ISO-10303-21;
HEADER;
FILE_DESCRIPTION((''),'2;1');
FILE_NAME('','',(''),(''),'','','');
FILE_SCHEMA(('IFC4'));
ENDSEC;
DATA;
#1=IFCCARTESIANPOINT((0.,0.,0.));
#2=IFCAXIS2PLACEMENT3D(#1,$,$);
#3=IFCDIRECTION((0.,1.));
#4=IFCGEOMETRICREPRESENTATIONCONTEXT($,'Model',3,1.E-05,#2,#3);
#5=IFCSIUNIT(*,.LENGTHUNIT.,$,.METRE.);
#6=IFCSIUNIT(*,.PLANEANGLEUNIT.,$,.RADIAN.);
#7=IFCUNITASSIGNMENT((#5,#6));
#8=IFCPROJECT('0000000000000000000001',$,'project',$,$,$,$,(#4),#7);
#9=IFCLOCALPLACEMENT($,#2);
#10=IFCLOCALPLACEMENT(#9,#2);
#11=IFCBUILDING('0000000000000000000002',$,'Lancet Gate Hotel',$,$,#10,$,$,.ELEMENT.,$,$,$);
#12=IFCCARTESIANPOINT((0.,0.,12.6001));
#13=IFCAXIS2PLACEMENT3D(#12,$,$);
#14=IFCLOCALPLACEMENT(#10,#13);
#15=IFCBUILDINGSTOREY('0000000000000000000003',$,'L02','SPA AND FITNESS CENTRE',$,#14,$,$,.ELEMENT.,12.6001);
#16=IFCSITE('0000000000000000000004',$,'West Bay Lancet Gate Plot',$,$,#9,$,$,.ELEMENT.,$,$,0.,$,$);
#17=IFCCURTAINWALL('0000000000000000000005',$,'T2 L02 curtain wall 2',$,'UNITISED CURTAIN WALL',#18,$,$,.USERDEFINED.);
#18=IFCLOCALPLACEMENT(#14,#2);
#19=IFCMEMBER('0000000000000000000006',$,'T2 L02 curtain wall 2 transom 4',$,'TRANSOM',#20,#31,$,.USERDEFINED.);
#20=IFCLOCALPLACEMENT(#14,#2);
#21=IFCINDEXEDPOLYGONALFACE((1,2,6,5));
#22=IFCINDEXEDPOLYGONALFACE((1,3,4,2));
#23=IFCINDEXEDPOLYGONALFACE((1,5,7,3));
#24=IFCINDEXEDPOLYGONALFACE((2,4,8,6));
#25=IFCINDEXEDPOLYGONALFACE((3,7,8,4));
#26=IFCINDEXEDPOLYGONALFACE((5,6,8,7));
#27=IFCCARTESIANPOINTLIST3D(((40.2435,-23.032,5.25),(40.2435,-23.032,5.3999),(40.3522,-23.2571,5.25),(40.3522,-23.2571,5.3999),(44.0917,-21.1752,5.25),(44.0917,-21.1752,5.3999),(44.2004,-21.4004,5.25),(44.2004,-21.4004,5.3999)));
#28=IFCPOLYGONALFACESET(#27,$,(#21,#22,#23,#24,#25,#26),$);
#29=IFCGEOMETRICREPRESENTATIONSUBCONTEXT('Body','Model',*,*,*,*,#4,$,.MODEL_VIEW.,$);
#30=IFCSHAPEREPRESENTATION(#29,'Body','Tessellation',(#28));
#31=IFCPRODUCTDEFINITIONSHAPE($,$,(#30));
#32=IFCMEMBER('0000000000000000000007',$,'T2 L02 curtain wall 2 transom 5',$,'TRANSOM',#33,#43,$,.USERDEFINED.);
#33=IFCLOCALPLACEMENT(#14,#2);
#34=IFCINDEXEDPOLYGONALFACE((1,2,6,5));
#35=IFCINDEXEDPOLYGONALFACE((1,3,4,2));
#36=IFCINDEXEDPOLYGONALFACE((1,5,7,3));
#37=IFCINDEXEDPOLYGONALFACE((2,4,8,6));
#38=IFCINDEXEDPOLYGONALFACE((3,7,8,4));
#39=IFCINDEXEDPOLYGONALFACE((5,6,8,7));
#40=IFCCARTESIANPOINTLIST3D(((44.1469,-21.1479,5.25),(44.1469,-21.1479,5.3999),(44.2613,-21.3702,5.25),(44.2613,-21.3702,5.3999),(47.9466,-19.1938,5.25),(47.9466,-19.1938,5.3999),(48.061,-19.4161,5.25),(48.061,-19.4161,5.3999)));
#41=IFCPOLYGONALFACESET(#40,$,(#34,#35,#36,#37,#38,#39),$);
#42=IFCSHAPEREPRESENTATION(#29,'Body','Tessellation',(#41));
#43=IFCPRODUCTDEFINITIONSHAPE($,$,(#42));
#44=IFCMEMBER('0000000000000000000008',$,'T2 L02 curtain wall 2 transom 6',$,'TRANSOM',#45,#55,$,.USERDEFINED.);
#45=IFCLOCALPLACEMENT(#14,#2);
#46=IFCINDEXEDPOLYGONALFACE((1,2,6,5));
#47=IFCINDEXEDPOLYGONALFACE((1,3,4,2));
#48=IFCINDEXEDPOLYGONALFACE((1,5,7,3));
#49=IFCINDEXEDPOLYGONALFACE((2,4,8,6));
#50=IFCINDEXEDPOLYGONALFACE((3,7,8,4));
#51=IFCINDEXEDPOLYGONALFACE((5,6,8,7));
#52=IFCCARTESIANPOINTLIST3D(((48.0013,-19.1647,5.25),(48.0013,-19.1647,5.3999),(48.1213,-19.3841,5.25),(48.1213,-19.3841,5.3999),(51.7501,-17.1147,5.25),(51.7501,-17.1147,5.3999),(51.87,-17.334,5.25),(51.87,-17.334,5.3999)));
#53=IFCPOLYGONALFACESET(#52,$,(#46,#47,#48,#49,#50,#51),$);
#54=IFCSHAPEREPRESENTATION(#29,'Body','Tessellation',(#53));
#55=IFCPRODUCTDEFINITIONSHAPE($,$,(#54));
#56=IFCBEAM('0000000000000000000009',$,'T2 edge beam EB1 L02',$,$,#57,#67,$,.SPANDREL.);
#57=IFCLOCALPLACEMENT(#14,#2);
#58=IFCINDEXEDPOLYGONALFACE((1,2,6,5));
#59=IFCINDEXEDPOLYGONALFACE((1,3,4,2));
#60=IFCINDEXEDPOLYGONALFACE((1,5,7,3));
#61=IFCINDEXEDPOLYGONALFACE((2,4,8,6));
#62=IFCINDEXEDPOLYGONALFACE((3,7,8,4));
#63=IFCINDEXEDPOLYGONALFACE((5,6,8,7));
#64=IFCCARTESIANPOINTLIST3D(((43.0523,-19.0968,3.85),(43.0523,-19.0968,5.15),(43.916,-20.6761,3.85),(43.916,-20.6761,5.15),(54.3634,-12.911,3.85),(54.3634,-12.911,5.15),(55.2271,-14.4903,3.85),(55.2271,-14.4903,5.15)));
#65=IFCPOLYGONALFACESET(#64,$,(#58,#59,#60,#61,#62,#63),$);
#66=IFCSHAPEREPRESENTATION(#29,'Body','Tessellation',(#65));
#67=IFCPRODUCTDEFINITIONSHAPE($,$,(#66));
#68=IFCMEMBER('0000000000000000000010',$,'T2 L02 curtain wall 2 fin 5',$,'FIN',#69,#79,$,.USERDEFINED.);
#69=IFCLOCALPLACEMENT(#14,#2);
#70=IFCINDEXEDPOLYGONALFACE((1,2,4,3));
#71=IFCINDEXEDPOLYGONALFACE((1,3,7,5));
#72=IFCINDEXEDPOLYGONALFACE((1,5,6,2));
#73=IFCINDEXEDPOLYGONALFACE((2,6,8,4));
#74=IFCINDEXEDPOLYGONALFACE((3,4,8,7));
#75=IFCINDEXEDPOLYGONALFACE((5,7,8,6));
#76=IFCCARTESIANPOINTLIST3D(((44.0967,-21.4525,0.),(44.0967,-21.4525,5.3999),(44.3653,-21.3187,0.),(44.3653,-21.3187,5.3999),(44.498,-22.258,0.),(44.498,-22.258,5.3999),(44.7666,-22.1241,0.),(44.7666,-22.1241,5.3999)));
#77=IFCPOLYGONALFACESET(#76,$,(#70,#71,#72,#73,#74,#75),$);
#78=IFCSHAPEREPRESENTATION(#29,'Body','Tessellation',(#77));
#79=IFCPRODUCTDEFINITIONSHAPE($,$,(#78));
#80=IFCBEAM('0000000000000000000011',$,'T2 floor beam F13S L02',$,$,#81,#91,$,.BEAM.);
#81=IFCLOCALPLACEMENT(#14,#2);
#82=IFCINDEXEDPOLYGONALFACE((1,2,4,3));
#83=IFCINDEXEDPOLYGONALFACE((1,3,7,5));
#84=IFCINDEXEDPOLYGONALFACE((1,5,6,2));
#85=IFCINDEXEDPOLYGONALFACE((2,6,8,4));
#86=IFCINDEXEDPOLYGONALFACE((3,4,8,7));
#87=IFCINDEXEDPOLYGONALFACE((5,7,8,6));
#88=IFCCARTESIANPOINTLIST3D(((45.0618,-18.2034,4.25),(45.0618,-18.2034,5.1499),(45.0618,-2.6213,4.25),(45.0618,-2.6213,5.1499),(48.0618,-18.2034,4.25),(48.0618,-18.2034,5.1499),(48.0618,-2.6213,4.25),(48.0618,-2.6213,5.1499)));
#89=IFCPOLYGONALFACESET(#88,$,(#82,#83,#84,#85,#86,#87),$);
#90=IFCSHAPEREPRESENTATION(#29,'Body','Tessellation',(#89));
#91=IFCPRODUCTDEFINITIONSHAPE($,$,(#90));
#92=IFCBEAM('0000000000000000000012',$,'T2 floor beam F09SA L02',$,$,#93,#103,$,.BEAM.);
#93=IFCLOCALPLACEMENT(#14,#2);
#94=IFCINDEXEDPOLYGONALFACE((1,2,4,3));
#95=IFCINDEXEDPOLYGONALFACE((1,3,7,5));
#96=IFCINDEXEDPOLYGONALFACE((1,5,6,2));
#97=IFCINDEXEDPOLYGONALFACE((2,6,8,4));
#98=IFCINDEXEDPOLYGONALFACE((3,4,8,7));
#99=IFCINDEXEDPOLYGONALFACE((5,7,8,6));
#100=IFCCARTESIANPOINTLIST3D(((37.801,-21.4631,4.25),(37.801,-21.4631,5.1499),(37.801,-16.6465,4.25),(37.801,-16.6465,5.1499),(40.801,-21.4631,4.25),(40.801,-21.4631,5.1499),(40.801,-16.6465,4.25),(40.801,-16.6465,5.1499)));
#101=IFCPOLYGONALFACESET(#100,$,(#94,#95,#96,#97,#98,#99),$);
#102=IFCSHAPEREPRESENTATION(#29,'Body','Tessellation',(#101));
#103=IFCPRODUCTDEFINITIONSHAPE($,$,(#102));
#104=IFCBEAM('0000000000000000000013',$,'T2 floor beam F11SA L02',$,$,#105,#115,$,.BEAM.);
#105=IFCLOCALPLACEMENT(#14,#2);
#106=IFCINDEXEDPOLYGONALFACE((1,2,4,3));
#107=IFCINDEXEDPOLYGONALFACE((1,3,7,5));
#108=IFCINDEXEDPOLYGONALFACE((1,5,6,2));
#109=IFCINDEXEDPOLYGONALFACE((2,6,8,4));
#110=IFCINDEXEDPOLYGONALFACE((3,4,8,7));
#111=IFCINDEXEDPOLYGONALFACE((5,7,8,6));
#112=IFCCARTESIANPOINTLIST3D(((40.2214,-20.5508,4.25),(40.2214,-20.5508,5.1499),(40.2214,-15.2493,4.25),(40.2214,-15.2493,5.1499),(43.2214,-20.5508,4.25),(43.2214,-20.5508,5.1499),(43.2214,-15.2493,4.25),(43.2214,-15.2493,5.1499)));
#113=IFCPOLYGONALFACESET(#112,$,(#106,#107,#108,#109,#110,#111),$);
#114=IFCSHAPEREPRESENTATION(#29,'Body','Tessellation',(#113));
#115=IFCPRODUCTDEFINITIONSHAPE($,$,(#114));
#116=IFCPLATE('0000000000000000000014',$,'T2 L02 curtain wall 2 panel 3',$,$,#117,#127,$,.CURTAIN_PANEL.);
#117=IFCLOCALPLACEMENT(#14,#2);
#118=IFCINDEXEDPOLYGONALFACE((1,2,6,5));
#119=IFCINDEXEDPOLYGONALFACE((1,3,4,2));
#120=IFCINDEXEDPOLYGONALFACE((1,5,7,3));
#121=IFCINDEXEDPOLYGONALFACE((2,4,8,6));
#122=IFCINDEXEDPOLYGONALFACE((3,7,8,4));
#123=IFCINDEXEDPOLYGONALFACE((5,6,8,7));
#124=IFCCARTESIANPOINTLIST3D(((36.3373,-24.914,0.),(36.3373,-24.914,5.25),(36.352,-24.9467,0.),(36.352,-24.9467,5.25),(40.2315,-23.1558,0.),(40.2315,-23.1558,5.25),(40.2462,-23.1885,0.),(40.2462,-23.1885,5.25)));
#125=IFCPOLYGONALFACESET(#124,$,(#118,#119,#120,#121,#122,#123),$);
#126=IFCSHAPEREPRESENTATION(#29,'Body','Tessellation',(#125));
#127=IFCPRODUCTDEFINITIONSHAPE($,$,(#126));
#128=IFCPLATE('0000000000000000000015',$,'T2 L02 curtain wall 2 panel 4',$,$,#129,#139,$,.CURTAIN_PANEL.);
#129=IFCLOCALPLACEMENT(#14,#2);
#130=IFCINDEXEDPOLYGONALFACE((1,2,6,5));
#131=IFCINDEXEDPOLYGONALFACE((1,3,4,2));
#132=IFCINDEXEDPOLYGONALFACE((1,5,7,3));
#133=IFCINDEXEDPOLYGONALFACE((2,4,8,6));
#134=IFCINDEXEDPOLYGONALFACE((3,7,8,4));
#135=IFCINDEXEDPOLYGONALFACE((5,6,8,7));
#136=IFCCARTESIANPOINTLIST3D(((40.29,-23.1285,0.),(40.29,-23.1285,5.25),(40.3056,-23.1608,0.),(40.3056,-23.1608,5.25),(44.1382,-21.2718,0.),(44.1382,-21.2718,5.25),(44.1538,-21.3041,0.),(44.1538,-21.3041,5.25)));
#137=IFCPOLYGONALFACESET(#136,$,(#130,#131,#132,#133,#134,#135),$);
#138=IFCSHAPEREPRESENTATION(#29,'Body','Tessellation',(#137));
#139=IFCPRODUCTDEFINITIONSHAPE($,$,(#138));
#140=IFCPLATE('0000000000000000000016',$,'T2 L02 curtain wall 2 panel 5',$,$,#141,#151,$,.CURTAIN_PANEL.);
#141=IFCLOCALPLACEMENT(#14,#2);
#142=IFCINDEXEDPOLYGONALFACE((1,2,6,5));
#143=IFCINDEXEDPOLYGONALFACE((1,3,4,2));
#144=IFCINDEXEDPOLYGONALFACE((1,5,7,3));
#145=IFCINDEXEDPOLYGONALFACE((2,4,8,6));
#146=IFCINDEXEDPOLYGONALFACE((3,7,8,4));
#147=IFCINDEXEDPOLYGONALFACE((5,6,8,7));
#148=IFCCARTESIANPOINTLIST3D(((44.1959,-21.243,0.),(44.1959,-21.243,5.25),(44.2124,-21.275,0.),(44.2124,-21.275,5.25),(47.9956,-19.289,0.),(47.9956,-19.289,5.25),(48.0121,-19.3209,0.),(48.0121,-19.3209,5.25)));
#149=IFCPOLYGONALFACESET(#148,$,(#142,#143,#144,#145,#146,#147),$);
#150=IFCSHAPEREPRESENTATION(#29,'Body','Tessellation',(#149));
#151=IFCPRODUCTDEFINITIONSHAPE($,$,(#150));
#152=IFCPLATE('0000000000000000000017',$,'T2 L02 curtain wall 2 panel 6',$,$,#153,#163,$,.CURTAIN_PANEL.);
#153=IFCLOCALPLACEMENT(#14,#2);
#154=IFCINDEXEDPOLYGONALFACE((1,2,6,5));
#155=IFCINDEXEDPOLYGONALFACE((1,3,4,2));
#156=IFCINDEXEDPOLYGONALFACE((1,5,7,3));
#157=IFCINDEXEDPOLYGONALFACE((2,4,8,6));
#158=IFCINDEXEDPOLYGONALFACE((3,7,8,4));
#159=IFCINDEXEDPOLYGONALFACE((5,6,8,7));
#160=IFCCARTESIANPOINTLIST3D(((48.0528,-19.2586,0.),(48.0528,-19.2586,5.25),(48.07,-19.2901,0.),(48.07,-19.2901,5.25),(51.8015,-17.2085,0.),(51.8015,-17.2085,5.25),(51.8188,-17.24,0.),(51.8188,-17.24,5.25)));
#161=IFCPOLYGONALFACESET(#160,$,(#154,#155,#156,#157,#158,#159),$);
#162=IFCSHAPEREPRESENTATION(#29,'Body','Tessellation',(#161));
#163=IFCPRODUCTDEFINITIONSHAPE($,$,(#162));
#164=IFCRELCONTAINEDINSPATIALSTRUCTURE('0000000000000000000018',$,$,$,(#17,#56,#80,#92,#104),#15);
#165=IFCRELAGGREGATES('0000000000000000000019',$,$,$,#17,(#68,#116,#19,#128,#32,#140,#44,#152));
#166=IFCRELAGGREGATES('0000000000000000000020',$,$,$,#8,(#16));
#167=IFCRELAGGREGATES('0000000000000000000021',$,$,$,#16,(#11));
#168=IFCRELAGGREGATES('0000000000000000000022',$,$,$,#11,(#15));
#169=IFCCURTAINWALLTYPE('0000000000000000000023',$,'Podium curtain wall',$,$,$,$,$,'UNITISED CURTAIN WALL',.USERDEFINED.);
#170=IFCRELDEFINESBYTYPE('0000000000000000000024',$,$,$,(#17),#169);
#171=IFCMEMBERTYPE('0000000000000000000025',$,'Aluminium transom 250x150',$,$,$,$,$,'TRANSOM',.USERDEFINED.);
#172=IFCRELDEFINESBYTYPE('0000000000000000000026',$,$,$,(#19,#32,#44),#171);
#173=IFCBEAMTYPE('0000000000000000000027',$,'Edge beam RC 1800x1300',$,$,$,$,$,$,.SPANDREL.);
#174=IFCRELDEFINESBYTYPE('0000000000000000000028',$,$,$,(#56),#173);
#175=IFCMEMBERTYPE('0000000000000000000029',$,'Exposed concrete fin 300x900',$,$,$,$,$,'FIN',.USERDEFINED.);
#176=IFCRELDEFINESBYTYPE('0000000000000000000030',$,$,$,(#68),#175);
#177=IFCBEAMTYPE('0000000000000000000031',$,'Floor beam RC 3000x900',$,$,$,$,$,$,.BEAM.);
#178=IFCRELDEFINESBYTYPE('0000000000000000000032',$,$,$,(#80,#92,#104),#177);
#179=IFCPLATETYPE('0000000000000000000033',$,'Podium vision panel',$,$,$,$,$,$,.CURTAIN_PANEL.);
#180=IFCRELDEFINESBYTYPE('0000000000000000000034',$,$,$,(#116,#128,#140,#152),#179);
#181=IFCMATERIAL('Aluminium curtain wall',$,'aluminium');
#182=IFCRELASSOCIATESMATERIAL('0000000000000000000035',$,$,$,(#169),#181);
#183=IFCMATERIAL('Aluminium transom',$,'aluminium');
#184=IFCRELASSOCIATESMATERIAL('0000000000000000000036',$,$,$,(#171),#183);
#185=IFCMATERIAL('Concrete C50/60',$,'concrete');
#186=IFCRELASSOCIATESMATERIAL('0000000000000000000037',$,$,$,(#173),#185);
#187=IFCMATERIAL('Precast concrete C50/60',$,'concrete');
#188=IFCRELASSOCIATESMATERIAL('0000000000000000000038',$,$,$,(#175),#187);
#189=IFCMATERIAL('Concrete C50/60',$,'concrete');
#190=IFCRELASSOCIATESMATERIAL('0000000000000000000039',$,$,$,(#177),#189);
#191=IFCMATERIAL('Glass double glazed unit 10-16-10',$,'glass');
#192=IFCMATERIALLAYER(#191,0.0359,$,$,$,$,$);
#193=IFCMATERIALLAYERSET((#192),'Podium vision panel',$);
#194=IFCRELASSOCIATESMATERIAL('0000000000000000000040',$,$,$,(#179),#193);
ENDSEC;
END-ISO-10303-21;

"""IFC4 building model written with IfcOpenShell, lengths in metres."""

from ifc_helpers import new_model, si_unit, direction, frame, origin, origin_2d, place, context, subcontext, project, spatial, rectangle, extrude, material, layer, layer_set, material_profile, profile_set, type_object, element, aggregate, save


model = new_model("IFC4")

# Units and contexts
model_context = context("Model", 3, precision=1e-05, world=origin(), true_north=direction((0.0, 1.0)))
body_context = subcontext(model_context, "Body", "Model", "MODEL_VIEW")
ifc_project = project(units=[si_unit("LENGTHUNIT", "METRE"), si_unit("PLANEANGLEUNIT", "RADIAN")], contexts=[model_context])

# Site, building, storey
site_placement = place(None, origin())
site = spatial("IfcSite", under=ifc_project, at=site_placement, Name="West Bay Lancet Gate Plot", CompositionType="ELEMENT", RefElevation=0.0)
building_placement = place(site_placement, origin())
building = spatial("IfcBuilding", under=site, at=building_placement, Name="Lancet Gate Hotel", CompositionType="ELEMENT")
storey_placement = place(building_placement, frame((0.0, 0.0, 12.6001)))
storey = spatial("IfcBuildingStorey", under=building, at=storey_placement, Name="L02", Description="SPA AND FITNESS CENTRE", CompositionType="ELEMENT", Elevation=12.6001)

# Curtain wall, members
ifc_material_1 = material(Name="Aluminium curtain wall", Category="aluminium")
curtain_wall_type = type_object("IfcCurtainWallType", Name="Podium curtain wall", ElementType="UNITISED CURTAIN WALL", PredefinedType="USERDEFINED", material=ifc_material_1)
curtain_wall_placement = place(storey_placement, origin())
curtain_wall = element("IfcCurtainWall", 1, at=curtain_wall_placement, inside=storey, type_object=curtain_wall_type, Name="T2 L02 curtain wall 2", ObjectType="UNITISED CURTAIN WALL", PredefinedType="USERDEFINED")
ifc_material_2 = material(Name="Aluminium transom", Category="aluminium")
ifc_material_profile_1 = material_profile(ifc_material_2, rectangle(XDim=0.25, YDim=0.1499, at=origin_2d()), Name="TRANSOM 250x150")
ifc_profile_set_1 = profile_set([ifc_material_profile_1], Name="Aluminium transom")
member_type_1 = type_object("IfcMemberType", Name="Aluminium transom 250x150", ElementType="TRANSOM", PredefinedType="USERDEFINED", material=ifc_profile_set_1)
member_1_placement = place(storey_placement, frame((40.2979, -23.1445, 5.325), z_axis=(0.900646, 0.434553, 0.0), x_axis=(-0.434553, 0.900646, 0.0)))
member_1 = element("IfcMember", 2, at=member_1_placement, type_object=member_type_1, Name="T2 L02 curtain wall 2 transom 4", ObjectType="TRANSOM", PredefinedType="USERDEFINED", context=body_context, shape_type="SweptSolid", body=[
    extrude(rectangle(XDim=0.25, YDim=0.1499, at=origin_2d()), origin(), (0.0, 0.0, 1.0), 4.2727),
])
member_2_placement = place(storey_placement, frame((44.2041, -21.259, 5.325), z_axis=(0.889296, 0.457333, 0.0), x_axis=(-0.457333, 0.889296, 0.0)))
member_2 = element("IfcMember", 3, at=member_2_placement, type_object=member_type_1, Name="T2 L02 curtain wall 2 transom 5", ObjectType="TRANSOM", PredefinedType="USERDEFINED", context=body_context, shape_type="SweptSolid", body=[
    extrude(rectangle(XDim=0.25, YDim=0.1499, at=origin_2d()), origin(), (0.0, 0.0, 1.0), 4.2727),
])
member_3_placement = place(storey_placement, frame((48.0613, -19.2744, 5.325), z_axis=(0.877378, 0.479801, 0.0), x_axis=(-0.479801, 0.877378, 0.0)))
member_3 = element("IfcMember", 4, at=member_3_placement, type_object=member_type_1, Name="T2 L02 curtain wall 2 transom 6", ObjectType="TRANSOM", PredefinedType="USERDEFINED", context=body_context, shape_type="SweptSolid", body=[
    extrude(rectangle(XDim=0.25, YDim=0.1499, at=origin_2d()), origin(), (0.0, 0.0, 1.0), 4.2727),
])

# Beam
ifc_material_3 = material(Name="Concrete C50/60", Category="concrete")
ifc_material_profile_2 = material_profile(ifc_material_3, rectangle(XDim=1.8, YDim=1.3, at=origin_2d()), Name="RC 1800x1300")
ifc_profile_set_2 = profile_set([ifc_material_profile_2], Name="Concrete C50/60")
beam_type_1 = type_object("IfcBeamType", Name="Edge beam RC 1800x1300", PredefinedType="SPANDREL", material=ifc_profile_set_2)
beam_1_placement = place(storey_placement, frame((43.4841, -19.8865, 4.5), z_axis=(0.877369, 0.479816, 0.0), x_axis=(-0.479816, 0.877369, 0.0)))
element("IfcBeam", 5, at=beam_1_placement, inside=storey, type_object=beam_type_1, Name="T2 edge beam EB1 L02", PredefinedType="SPANDREL", context=body_context, shape_type="SweptSolid", body=[
    extrude(rectangle(XDim=1.8, YDim=1.3, at=origin_2d()), origin(), (0.0, 0.0, 1.0), 12.8921),
])

# Member
ifc_material_4 = material(Name="Precast concrete C50/60", Category="concrete")
ifc_material_profile_3 = material_profile(ifc_material_4, rectangle(XDim=0.3, YDim=0.8999, at=origin_2d()), Name="FIN 300x900")
ifc_profile_set_3 = profile_set([ifc_material_profile_3], Name="Precast concrete C50/60")
member_type_2 = type_object("IfcMemberType", Name="Exposed concrete fin 300x900", ElementType="FIN", PredefinedType="USERDEFINED", material=ifc_profile_set_3)
member_4_placement = place(storey_placement, frame((44.4316, -21.7883, 0.0), z_axis=(0.0, 0.0, 1.0), x_axis=(0.895044, 0.445978, 0.0)))
member_4 = element("IfcMember", 6, at=member_4_placement, type_object=member_type_2, Name="T2 L02 curtain wall 2 fin 5", ObjectType="FIN", PredefinedType="USERDEFINED", context=body_context, shape_type="SweptSolid", body=[
    extrude(rectangle(XDim=0.3, YDim=0.8999, at=origin_2d()), origin(), (0.0, 0.0, 1.0), 5.3999),
])

# Beams
ifc_material_5 = material(Name="Concrete C50/60", Category="concrete")
ifc_material_profile_4 = material_profile(ifc_material_5, rectangle(XDim=3.0, YDim=0.8999, at=origin_2d()), Name="RC 3000x900")
ifc_profile_set_4 = profile_set([ifc_material_profile_4], Name="Concrete C50/60")
beam_type_2 = type_object("IfcBeamType", Name="Floor beam RC 3000x900", PredefinedType="BEAM", material=ifc_profile_set_4)
beam_2_placement = place(storey_placement, frame((46.5618, -18.2034, 4.7), z_axis=(0.0, 1.0, 0.0), x_axis=(-1.0, 0.0, 0.0)))
element("IfcBeam", 7, at=beam_2_placement, inside=storey, type_object=beam_type_2, Name="T2 floor beam F13S L02", PredefinedType="BEAM", context=body_context, shape_type="SweptSolid", body=[
    extrude(rectangle(XDim=3.0, YDim=0.8999, at=origin_2d()), origin(), (0.0, 0.0, 1.0), 15.582),
])
beam_3_placement = place(storey_placement, frame((39.301, -21.4631, 4.7), z_axis=(0.0, 1.0, 0.0), x_axis=(-1.0, 0.0, 0.0)))
element("IfcBeam", 8, at=beam_3_placement, inside=storey, type_object=beam_type_2, Name="T2 floor beam F09SA L02", PredefinedType="BEAM", context=body_context, shape_type="SweptSolid", body=[
    extrude(rectangle(XDim=3.0, YDim=0.8999, at=origin_2d()), origin(), (0.0, 0.0, 1.0), 4.8167),
])
beam_4_placement = place(storey_placement, frame((41.7214, -20.5508, 4.7), z_axis=(0.0, 1.0, 0.0), x_axis=(-1.0, 0.0, 0.0)))
element("IfcBeam", 9, at=beam_4_placement, inside=storey, type_object=beam_type_2, Name="T2 floor beam F11SA L02", PredefinedType="BEAM", context=body_context, shape_type="SweptSolid", body=[
    extrude(rectangle(XDim=3.0, YDim=0.8999, at=origin_2d()), origin(), (0.0, 0.0, 1.0), 5.3015),
])

# Plates
ifc_material_6 = material(Name="Glass double glazed unit 10-16-10", Category="glass")
ifc_layer = layer(ifc_material_6, 0.0359)
ifc_layer_set = layer_set([ifc_layer], Name="Podium vision panel")
plate_type = type_object("IfcPlateType", Name="Podium vision panel", PredefinedType="CURTAIN_PANEL", material=ifc_layer_set)
plate_1_placement = place(storey_placement, frame((38.2917, -24.0513, 0.0), z_axis=(0.0, 0.0, 1.0), x_axis=(0.911416, 0.411487, 0.0)))
plate_1 = element("IfcPlate", 10, at=plate_1_placement, type_object=plate_type, Name="T2 L02 curtain wall 2 panel 3", PredefinedType="CURTAIN_PANEL", context=body_context, shape_type="SweptSolid", body=[
    extrude(rectangle(XDim=4.2727, YDim=0.0359, at=origin_2d()), origin(), (0.0, 0.0, 1.0), 5.25),
])
plate_2_placement = place(storey_placement, frame((42.2219, -22.2163, 0.0), z_axis=(0.0, 0.0, 1.0), x_axis=(0.900647, 0.43455, 0.0)))
plate_2 = element("IfcPlate", 11, at=plate_2_placement, type_object=plate_type, Name="T2 L02 curtain wall 2 panel 4", PredefinedType="CURTAIN_PANEL", context=body_context, shape_type="SweptSolid", body=[
    extrude(rectangle(XDim=4.2727, YDim=0.0359, at=origin_2d()), origin(), (0.0, 0.0, 1.0), 5.25),
])
plate_3_placement = place(storey_placement, frame((46.104, -20.282, 0.0), z_axis=(0.0, 0.0, 1.0), x_axis=(0.889296, 0.457332, 0.0)))
plate_3 = element("IfcPlate", 12, at=plate_3_placement, type_object=plate_type, Name="T2 L02 curtain wall 2 panel 5", PredefinedType="CURTAIN_PANEL", context=body_context, shape_type="SweptSolid", body=[
    extrude(rectangle(XDim=4.2727, YDim=0.0359, at=origin_2d()), origin(), (0.0, 0.0, 1.0), 5.25),
])
plate_4_placement = place(storey_placement, frame((49.9358, -18.2493, 0.0), z_axis=(0.0, 0.0, 1.0), x_axis=(0.877368, 0.479818, 0.0)))
plate_4 = element("IfcPlate", 13, at=plate_4_placement, type_object=plate_type, Name="T2 L02 curtain wall 2 panel 6", PredefinedType="CURTAIN_PANEL", context=body_context, shape_type="SweptSolid", body=[
    extrude(rectangle(XDim=4.2727, YDim=0.0359, at=origin_2d()), origin(), (0.0, 0.0, 1.0), 5.25),
])
aggregate(curtain_wall, [member_4, plate_1, member_1, plate_2, member_2, plate_3, member_3, plate_4])

save(model, "model.ifc")
